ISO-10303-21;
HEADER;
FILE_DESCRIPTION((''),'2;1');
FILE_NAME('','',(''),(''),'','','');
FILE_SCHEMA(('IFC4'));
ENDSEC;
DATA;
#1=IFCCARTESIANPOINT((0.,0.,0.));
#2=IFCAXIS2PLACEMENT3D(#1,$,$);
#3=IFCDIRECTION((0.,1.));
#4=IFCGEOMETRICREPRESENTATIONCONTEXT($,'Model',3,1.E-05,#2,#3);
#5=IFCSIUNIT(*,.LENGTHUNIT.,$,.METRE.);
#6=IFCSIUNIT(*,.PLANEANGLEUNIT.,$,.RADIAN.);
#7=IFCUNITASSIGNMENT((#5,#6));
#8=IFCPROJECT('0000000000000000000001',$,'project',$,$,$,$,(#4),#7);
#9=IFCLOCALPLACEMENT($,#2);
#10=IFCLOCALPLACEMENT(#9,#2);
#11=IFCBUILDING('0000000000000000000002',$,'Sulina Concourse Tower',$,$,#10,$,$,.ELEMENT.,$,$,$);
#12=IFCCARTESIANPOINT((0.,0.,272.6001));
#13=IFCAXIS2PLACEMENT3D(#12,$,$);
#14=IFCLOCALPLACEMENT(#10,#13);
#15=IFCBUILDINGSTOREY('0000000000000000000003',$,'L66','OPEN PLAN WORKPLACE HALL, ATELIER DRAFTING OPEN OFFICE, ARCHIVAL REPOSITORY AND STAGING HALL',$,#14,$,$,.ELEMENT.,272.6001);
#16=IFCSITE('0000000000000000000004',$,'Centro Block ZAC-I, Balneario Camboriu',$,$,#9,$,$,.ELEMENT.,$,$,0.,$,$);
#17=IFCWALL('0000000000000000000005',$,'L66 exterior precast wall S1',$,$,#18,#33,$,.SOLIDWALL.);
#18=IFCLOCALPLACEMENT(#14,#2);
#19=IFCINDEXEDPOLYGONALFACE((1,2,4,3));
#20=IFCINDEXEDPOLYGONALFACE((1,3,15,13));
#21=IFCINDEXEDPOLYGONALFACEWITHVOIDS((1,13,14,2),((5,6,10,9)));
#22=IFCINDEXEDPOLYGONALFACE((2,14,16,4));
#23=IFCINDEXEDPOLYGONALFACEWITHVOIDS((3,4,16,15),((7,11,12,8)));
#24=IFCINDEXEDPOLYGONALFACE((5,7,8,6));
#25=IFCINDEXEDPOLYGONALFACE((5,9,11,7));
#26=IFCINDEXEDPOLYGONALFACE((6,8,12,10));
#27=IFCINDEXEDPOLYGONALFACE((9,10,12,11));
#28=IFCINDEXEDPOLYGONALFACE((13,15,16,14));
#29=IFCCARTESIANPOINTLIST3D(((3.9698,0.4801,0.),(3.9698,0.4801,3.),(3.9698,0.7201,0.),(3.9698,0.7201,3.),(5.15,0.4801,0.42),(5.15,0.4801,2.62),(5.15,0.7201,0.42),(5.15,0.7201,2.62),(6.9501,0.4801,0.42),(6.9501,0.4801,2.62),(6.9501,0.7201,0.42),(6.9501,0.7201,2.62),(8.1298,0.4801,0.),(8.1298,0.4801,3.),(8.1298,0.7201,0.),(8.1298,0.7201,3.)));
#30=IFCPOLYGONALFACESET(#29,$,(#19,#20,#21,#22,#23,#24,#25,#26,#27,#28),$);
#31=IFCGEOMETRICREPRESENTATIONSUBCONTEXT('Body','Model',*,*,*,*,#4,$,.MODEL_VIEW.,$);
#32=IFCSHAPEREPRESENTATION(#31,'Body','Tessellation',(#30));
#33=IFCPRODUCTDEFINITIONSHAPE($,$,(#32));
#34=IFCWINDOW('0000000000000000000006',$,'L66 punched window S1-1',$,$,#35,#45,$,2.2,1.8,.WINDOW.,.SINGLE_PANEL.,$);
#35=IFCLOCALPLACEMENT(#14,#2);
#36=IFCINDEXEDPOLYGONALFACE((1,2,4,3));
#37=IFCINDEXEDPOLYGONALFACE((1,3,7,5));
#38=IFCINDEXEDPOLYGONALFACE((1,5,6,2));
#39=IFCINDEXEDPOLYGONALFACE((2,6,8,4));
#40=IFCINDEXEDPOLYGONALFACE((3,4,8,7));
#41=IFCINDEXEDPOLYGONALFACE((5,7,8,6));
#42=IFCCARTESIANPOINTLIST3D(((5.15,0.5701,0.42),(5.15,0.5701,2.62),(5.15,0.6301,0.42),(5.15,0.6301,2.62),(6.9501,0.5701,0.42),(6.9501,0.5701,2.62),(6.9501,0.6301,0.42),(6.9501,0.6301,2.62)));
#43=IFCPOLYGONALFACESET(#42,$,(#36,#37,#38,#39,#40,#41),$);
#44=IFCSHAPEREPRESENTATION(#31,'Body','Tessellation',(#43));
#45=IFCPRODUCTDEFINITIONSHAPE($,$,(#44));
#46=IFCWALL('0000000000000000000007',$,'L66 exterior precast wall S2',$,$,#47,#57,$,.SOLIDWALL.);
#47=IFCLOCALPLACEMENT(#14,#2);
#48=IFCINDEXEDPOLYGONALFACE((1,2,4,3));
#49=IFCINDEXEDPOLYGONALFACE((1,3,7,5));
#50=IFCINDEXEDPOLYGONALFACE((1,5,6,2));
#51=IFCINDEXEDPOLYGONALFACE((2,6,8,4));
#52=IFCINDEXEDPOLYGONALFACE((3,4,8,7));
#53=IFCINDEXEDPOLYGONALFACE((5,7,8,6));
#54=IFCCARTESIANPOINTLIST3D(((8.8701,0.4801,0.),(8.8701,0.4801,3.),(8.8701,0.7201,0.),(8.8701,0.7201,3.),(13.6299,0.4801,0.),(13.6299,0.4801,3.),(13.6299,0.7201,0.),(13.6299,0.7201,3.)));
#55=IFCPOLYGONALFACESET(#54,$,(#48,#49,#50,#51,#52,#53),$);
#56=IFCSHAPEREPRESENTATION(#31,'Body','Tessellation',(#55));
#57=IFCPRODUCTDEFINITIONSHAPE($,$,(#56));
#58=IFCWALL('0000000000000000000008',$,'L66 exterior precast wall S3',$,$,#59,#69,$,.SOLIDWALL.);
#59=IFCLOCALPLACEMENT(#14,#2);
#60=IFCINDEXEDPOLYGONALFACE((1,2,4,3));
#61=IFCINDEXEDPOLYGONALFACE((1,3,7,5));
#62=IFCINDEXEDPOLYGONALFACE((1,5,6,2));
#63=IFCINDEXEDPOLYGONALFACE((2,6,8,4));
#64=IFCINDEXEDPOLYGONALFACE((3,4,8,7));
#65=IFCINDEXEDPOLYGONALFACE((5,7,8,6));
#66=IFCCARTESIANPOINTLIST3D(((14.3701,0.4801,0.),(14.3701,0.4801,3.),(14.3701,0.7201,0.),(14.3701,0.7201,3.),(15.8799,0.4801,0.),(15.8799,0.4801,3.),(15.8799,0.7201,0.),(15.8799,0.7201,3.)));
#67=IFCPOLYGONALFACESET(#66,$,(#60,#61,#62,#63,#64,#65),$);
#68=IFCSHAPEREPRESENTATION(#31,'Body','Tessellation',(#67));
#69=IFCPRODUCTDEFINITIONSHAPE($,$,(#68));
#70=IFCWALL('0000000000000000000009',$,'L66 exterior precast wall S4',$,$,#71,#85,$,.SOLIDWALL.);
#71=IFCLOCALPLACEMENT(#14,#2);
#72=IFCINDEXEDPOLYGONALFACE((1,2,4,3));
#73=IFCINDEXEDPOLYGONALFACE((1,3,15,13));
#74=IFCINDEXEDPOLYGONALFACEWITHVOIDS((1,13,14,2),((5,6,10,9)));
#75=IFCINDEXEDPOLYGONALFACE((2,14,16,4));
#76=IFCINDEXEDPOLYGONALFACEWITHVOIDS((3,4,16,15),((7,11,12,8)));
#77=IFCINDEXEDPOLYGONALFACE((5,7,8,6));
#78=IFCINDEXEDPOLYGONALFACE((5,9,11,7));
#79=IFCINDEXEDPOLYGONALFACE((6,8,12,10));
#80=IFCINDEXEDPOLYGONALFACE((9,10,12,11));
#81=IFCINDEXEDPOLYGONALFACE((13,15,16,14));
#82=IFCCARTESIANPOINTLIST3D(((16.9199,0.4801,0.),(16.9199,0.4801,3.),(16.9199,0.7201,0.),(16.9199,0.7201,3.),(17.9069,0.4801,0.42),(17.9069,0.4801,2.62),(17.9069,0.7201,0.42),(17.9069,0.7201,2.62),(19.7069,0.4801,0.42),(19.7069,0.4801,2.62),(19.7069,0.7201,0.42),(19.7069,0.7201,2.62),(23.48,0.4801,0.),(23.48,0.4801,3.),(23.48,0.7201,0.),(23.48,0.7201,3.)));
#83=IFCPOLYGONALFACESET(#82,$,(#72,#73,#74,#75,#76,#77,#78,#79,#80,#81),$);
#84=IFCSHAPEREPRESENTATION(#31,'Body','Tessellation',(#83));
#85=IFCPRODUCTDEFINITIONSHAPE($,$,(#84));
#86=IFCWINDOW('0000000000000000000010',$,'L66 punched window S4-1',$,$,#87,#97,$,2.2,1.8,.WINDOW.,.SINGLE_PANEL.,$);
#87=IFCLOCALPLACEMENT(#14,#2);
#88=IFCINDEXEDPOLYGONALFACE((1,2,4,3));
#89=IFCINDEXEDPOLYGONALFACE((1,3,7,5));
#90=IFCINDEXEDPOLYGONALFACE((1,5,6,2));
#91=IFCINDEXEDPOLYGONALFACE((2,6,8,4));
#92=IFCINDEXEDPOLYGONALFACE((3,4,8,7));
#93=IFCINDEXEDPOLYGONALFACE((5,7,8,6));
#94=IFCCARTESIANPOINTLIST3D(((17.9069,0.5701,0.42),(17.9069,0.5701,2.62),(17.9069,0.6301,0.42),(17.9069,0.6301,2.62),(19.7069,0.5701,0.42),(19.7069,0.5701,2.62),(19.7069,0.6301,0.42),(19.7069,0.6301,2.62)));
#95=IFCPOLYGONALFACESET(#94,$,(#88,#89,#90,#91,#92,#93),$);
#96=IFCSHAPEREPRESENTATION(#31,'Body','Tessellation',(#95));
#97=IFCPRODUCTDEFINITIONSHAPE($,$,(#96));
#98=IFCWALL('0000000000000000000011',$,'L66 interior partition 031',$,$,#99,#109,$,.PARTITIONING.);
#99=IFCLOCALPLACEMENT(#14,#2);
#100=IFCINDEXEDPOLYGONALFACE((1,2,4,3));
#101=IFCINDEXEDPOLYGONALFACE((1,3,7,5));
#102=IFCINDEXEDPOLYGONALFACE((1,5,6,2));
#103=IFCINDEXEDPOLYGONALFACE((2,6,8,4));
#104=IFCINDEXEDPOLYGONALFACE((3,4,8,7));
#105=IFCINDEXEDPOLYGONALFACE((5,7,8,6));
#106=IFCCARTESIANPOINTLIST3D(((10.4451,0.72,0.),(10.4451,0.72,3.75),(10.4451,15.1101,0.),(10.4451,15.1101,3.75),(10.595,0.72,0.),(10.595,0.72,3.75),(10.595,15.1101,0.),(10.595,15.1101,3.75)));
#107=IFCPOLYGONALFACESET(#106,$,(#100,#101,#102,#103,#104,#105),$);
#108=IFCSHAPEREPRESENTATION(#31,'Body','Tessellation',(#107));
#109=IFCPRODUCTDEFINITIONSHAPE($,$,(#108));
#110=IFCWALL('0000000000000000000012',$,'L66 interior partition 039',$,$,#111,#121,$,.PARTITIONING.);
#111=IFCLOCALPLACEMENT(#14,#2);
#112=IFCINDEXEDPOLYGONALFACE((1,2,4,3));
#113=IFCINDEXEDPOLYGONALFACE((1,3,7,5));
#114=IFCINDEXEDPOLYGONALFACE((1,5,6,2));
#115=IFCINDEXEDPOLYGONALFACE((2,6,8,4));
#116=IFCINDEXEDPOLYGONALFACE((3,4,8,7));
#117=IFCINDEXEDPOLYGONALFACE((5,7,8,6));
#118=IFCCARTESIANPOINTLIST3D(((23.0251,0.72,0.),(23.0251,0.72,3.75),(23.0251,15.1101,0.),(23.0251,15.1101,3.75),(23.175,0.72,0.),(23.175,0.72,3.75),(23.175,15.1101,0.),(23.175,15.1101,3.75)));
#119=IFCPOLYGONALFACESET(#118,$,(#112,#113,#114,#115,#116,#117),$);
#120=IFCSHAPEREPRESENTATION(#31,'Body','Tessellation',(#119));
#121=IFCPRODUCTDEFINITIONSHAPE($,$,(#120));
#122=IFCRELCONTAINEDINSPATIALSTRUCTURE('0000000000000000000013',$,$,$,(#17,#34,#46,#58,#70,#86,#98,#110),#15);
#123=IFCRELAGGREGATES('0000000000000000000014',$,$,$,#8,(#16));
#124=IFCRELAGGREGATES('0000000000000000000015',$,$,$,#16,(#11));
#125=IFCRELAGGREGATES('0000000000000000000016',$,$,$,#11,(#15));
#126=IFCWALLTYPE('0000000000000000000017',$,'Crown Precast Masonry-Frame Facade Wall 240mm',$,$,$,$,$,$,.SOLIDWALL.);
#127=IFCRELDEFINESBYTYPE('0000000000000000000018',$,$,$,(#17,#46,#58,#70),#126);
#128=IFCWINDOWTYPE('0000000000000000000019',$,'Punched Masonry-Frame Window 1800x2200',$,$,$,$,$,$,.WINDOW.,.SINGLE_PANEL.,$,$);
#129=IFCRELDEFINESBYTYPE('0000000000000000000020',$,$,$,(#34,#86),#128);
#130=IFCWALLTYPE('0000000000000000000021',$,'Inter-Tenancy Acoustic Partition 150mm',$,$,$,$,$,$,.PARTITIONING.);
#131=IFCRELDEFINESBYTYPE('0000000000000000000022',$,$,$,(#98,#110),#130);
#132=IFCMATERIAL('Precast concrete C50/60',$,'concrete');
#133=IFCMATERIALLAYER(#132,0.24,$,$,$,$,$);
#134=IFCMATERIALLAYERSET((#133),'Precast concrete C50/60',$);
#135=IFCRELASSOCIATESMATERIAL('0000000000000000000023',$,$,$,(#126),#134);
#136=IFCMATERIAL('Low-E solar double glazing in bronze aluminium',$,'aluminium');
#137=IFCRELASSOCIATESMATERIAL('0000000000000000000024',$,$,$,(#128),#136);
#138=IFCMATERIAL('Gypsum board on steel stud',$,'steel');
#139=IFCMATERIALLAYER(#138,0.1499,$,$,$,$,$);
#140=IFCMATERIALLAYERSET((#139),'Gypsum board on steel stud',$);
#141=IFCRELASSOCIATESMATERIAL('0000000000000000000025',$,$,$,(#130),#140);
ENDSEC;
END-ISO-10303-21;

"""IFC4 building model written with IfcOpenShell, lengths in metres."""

from ifc_helpers import new_model, si_unit, direction, frame, frame_2d, origin, place, context, subcontext, project, spatial, rectangle, extrude, material, layer, layer_set, type_object, element, fill, save


model = new_model("IFC4")

# Units and contexts
model_context = context("Model", 3, precision=1e-05, world=origin(), true_north=direction((0.0, 1.0)))
body_context = subcontext(model_context, "Body", "Model", "MODEL_VIEW")
ifc_project = project(units=[si_unit("LENGTHUNIT", "METRE"), si_unit("PLANEANGLEUNIT", "RADIAN")], contexts=[model_context])

# Site, building, storey
site_placement = place(None, origin())
site = spatial("IfcSite", under=ifc_project, at=site_placement, Name="Centro Block ZAC-I, Balneario Camboriu", CompositionType="ELEMENT", RefElevation=0.0)
building_placement = place(site_placement, origin())
building = spatial("IfcBuilding", under=site, at=building_placement, Name="Sulina Concourse Tower", CompositionType="ELEMENT")
storey_placement = place(building_placement, frame((0.0, 0.0, 272.6001)))
storey = spatial("IfcBuildingStorey", under=building, at=storey_placement, Name="L66", Description="OPEN PLAN WORKPLACE HALL, ATELIER DRAFTING OPEN OFFICE, ARCHIVAL REPOSITORY AND STAGING HALL", CompositionType="ELEMENT", Elevation=272.6001)

# Wall, opening, window
ifc_material_1 = material(Name="Precast concrete C50/60", Category="concrete")
ifc_layer_1 = layer(ifc_material_1, 0.24)
ifc_layer_set_1 = layer_set([ifc_layer_1], Name="Precast concrete C50/60")
wall_type_1 = type_object("IfcWallType", Name="Crown Precast Masonry-Frame Facade Wall 240mm", PredefinedType="SOLIDWALL", material=ifc_layer_set_1)
wall_1_placement = place(storey_placement, frame((8.1299, 0.6001, 0.0), z_axis=(0.0, 0.0, 1.0), x_axis=(-1.0, 0.0, 0.0)))
wall_1 = element("IfcWall", 1, at=wall_1_placement, inside=storey, type_object=wall_type_1, Name="L66 exterior precast wall S1", PredefinedType="SOLIDWALL", context=body_context, shape_type="SweptSolid", body=[
    extrude(rectangle(XDim=4.1599, YDim=0.24, at=frame_2d((2.0801, 0.0))), origin(), (0.0, 0.0, 1.0), 3.0),
])
opening_1_placement = place(wall_1_placement, frame((1.1799, 0.0, 0.4199)))
opening_1 = element("IfcOpeningElement", 2, at=opening_1_placement, cuts=wall_1, PredefinedType="OPENING", context=body_context, shape_type="SweptSolid", body=[
    extrude(rectangle(XDim=1.8, YDim=2.2, at=frame_2d((0.8999, 1.1001))), frame((0.0, 0.1299, 0.0), z_axis=(0.0, -1.0, 0.0), x_axis=(1.0, 0.0, 0.0)), (0.0, 0.0, 1.0), 0.26),
])
ifc_material_2 = material(Name="Low-E solar double glazing in bronze aluminium", Category="aluminium")
window_type = type_object("IfcWindowType", Name="Punched Masonry-Frame Window 1800x2200", PartitioningType="SINGLE_PANEL", PredefinedType="WINDOW", material=ifc_material_2)
window_1_placement = place(opening_1_placement, origin())
window_1 = element("IfcWindow", 3, at=window_1_placement, inside=storey, type_object=window_type, Name="L66 punched window S1-1", OverallHeight=2.2, OverallWidth=1.8, PartitioningType="SINGLE_PANEL", PredefinedType="WINDOW", context=body_context, shape_type="SweptSolid", body=[
    extrude(rectangle(XDim=1.8, YDim=2.2, at=frame_2d((0.8999, 1.1001))), frame((0.0, 0.03, 0.0), z_axis=(0.0, -1.0, 0.0), x_axis=(1.0, 0.0, 0.0)), (0.0, 0.0, 1.0), 0.0601),
])
fill(opening_1, window_1)

# Walls
wall_2_placement = place(storey_placement, frame((13.6299, 0.6001, 0.0), z_axis=(0.0, 0.0, 1.0), x_axis=(-1.0, 0.0, 0.0)))
element("IfcWall", 4, at=wall_2_placement, inside=storey, type_object=wall_type_1, Name="L66 exterior precast wall S2", PredefinedType="SOLIDWALL", context=body_context, shape_type="SweptSolid", body=[
    extrude(rectangle(XDim=4.7598, YDim=0.24, at=frame_2d((2.3799, 0.0))), origin(), (0.0, 0.0, 1.0), 3.0),
])
wall_3_placement = place(storey_placement, frame((15.8799, 0.6001, 0.0), z_axis=(0.0, 0.0, 1.0), x_axis=(-1.0, 0.0, 0.0)))
element("IfcWall", 5, at=wall_3_placement, inside=storey, type_object=wall_type_1, Name="L66 exterior precast wall S3", PredefinedType="SOLIDWALL", context=body_context, shape_type="SweptSolid", body=[
    extrude(rectangle(XDim=1.5098, YDim=0.24, at=frame_2d((0.7549, 0.0))), origin(), (0.0, 0.0, 1.0), 3.0),
])

# Wall, opening, window
wall_4_placement = place(storey_placement, frame((23.48, 0.6001, 0.0), z_axis=(0.0, 0.0, 1.0), x_axis=(-1.0, 0.0, 0.0)))
wall_4 = element("IfcWall", 6, at=wall_4_placement, inside=storey, type_object=wall_type_1, Name="L66 exterior precast wall S4", PredefinedType="SOLIDWALL", context=body_context, shape_type="SweptSolid", body=[
    extrude(rectangle(XDim=6.5601, YDim=0.24, at=frame_2d((3.28, 0.0))), origin(), (0.0, 0.0, 1.0), 3.0),
])
opening_2_placement = place(wall_4_placement, frame((3.7732, 0.0, 0.4199)))
opening_2 = element("IfcOpeningElement", 7, at=opening_2_placement, cuts=wall_4, PredefinedType="OPENING", context=body_context, shape_type="SweptSolid", body=[
    extrude(rectangle(XDim=1.8, YDim=2.2, at=frame_2d((0.8999, 1.1001))), frame((0.0, 0.1299, 0.0), z_axis=(0.0, -1.0, 0.0), x_axis=(1.0, 0.0, 0.0)), (0.0, 0.0, 1.0), 0.26),
])
window_2_placement = place(opening_2_placement, origin())
window_2 = element("IfcWindow", 8, at=window_2_placement, inside=storey, type_object=window_type, Name="L66 punched window S4-1", OverallHeight=2.2, OverallWidth=1.8, PartitioningType="SINGLE_PANEL", PredefinedType="WINDOW", context=body_context, shape_type="SweptSolid", body=[
    extrude(rectangle(XDim=1.8, YDim=2.2, at=frame_2d((0.8999, 1.1001))), frame((0.0, 0.03, 0.0), z_axis=(0.0, -1.0, 0.0), x_axis=(1.0, 0.0, 0.0)), (0.0, 0.0, 1.0), 0.0601),
])
fill(opening_2, window_2)

# Walls
ifc_material_3 = material(Name="Gypsum board on steel stud", Category="steel")
ifc_layer_2 = layer(ifc_material_3, 0.1499)
ifc_layer_set_2 = layer_set([ifc_layer_2], Name="Gypsum board on steel stud")
wall_type_2 = type_object("IfcWallType", Name="Inter-Tenancy Acoustic Partition 150mm", PredefinedType="PARTITIONING", material=ifc_layer_set_2)
for number, where, z_axis, x_axis, name in (
    (9, (10.52, 0.72, 0.0), (0.0, 0.0, 1.0), (0.0, 1.0, 0.0), "L66 interior partition 031"),
    (10, (23.1001, 0.72, 0.0), (0.0, 0.0, 1.0), (0.0, 1.0, 0.0), "L66 interior partition 039"),
):
    element("IfcWall", number, at=place(storey_placement, frame(where, z_axis=z_axis, x_axis=x_axis)), inside=storey, type_object=wall_type_2, Name=name, PredefinedType="PARTITIONING", context=body_context, shape_type="SweptSolid", body=[
        extrude(rectangle(XDim=14.3901, YDim=0.1499, at=frame_2d((7.1951, 0.0))), origin(), (0.0, 0.0, 1.0), 3.75),
    ])

save(model, "model.ifc")
